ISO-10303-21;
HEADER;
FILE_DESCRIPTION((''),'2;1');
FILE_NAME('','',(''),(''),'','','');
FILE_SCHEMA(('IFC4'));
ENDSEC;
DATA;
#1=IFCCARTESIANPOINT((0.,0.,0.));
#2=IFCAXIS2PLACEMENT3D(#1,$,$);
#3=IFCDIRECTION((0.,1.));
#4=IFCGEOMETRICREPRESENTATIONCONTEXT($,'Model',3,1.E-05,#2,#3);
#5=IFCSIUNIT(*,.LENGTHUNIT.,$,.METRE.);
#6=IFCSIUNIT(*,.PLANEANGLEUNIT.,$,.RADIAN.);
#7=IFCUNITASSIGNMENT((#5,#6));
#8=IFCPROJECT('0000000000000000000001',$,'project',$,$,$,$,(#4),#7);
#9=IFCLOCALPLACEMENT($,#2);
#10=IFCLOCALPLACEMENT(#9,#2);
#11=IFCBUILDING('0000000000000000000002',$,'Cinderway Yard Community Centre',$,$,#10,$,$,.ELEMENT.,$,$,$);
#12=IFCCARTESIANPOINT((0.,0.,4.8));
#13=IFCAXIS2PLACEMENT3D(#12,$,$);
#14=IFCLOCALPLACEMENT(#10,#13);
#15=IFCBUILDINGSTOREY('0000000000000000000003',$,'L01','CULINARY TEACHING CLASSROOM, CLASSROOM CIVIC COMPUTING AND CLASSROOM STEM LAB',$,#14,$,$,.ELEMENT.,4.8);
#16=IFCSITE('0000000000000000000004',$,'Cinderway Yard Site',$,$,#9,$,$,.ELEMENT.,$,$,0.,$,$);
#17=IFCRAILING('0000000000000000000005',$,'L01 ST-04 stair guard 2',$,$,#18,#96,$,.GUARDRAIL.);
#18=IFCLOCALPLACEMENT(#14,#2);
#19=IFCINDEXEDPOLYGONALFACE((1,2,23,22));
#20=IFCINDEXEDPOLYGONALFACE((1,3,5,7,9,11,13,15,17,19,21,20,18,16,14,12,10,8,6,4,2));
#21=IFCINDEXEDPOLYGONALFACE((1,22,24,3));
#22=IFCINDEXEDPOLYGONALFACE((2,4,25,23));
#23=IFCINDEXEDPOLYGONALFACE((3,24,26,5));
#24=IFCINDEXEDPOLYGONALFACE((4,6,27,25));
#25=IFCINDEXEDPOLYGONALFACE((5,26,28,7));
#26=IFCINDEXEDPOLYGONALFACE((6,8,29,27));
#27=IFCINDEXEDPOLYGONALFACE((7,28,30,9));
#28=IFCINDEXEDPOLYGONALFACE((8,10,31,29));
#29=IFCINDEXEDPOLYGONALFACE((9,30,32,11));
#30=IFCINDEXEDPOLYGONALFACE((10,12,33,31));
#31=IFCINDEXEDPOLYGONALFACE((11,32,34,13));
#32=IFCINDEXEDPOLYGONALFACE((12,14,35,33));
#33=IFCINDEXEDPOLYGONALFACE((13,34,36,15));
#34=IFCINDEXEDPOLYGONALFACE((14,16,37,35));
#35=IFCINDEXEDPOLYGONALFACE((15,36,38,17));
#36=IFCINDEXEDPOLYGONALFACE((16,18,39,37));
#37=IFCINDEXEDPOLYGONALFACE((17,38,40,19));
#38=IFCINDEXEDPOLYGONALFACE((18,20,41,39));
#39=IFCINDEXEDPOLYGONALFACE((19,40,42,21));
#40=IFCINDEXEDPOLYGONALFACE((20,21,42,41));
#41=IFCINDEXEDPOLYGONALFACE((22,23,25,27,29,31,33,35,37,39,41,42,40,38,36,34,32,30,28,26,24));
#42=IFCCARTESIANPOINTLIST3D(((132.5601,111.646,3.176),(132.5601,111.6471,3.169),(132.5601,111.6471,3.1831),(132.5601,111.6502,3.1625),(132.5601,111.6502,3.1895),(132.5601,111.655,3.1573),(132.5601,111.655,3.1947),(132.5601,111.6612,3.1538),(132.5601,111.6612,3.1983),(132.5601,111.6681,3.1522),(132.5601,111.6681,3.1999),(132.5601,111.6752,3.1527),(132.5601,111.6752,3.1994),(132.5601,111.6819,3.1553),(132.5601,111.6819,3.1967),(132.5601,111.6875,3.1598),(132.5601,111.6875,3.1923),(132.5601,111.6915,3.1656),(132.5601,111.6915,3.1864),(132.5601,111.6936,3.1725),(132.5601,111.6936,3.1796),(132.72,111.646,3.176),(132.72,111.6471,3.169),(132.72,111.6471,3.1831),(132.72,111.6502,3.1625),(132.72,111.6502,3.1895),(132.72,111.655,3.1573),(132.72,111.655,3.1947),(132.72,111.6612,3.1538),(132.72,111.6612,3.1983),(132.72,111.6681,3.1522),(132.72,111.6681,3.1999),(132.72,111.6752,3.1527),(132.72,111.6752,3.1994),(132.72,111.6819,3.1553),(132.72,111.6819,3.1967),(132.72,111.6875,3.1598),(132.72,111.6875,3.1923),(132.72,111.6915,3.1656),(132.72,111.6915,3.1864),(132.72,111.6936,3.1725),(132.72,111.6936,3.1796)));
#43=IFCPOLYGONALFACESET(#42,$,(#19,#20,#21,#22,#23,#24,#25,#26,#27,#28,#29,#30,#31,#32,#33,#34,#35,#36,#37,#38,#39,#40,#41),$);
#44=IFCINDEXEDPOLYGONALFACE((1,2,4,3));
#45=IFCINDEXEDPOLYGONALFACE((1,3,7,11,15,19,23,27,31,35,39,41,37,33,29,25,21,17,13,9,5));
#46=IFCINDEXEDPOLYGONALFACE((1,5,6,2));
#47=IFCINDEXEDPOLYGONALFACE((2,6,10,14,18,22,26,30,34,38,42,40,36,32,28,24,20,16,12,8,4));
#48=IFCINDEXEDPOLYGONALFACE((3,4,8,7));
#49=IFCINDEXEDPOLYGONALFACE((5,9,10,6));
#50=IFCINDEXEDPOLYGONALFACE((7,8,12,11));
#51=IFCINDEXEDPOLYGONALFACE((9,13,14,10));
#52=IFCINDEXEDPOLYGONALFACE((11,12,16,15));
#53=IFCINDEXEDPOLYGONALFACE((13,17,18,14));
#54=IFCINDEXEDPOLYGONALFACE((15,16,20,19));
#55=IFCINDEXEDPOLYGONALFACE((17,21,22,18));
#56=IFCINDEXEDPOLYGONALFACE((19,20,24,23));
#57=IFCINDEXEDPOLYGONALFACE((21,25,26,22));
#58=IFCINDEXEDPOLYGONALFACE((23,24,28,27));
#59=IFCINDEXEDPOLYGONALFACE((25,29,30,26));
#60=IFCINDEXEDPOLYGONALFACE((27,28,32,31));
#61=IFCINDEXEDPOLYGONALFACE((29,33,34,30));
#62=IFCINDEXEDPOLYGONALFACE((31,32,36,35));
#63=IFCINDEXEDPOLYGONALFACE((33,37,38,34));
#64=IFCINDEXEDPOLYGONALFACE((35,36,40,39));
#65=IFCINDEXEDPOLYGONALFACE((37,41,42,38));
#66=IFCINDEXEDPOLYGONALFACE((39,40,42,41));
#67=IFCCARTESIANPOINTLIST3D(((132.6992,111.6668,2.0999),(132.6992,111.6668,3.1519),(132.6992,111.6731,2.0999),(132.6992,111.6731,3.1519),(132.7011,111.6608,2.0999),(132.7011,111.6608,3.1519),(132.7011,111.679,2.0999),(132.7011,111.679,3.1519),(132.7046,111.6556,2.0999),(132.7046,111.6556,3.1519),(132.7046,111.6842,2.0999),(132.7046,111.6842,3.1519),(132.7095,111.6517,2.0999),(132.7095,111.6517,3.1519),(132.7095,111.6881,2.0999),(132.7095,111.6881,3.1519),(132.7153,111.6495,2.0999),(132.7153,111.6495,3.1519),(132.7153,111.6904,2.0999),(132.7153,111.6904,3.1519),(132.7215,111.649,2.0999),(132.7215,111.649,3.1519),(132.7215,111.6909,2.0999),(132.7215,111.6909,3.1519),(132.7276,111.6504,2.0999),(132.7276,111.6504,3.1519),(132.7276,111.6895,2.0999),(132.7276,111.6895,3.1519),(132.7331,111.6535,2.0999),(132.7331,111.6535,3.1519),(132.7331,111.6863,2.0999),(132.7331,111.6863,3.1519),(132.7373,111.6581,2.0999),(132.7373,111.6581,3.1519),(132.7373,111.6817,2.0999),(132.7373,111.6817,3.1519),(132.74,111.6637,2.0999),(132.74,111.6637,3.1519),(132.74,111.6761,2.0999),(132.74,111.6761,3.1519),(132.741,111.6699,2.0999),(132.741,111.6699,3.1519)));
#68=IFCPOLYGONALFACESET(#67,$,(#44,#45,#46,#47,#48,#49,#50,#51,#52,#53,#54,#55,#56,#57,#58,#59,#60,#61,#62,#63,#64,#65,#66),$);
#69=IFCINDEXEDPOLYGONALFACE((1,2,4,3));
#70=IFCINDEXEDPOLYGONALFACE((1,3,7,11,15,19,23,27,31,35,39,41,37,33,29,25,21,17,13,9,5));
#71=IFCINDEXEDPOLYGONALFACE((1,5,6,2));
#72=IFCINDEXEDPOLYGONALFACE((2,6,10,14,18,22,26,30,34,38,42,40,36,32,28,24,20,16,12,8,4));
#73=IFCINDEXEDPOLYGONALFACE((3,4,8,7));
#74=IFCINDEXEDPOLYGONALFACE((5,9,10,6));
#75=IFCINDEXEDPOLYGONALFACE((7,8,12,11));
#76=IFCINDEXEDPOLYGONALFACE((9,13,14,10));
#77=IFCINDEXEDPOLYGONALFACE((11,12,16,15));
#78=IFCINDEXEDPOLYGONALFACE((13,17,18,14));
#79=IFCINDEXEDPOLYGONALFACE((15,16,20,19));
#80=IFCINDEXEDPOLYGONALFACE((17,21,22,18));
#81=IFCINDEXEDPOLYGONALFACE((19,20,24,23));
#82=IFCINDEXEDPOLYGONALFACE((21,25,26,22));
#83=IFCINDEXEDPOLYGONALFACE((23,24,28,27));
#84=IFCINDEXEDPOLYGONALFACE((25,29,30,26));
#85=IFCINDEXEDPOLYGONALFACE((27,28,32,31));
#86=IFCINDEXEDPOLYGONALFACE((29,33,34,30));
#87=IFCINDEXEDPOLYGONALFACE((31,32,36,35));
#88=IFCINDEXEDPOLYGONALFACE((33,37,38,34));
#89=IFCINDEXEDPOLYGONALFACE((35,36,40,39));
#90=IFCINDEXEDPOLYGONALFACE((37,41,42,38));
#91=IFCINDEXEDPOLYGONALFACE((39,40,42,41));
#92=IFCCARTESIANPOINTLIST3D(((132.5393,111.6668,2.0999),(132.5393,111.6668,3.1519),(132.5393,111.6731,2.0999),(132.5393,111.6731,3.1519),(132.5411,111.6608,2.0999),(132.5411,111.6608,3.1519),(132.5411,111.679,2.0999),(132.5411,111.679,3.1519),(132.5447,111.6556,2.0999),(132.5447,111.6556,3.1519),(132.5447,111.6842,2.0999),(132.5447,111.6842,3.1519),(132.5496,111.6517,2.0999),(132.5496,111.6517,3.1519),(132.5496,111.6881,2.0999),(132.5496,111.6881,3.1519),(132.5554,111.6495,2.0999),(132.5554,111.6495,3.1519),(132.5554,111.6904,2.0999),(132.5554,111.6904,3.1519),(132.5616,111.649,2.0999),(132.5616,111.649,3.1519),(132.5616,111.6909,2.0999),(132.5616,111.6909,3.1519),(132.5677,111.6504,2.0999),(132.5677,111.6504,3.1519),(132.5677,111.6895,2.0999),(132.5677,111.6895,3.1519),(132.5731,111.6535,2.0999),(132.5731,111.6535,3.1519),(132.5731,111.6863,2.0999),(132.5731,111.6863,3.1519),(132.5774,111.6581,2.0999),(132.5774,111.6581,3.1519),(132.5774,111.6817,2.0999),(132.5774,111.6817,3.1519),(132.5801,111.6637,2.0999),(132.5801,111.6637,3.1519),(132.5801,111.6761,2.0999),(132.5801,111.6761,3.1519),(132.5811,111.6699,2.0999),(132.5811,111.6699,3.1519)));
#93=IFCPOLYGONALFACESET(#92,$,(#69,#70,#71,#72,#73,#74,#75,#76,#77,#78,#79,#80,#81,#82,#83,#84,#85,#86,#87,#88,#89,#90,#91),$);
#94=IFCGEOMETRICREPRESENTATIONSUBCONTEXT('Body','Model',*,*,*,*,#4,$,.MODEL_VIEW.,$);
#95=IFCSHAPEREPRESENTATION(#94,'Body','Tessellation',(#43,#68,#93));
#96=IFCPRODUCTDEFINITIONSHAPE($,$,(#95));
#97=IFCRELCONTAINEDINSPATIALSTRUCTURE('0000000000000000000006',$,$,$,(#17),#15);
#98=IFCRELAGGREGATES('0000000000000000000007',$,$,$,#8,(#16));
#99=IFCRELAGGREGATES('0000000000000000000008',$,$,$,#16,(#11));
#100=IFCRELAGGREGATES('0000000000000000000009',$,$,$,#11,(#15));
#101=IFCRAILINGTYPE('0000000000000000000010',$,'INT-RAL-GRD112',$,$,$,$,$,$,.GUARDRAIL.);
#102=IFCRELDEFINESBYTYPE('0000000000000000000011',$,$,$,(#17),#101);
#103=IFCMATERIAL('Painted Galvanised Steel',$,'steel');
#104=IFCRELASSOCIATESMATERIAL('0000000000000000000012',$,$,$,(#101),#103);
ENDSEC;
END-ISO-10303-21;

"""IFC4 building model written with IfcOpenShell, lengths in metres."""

from ifc_helpers import new_model, si_unit, direction, frame, origin, origin_2d, place, context, subcontext, project, spatial, circle, extrude, material, type_object, element, save


model = new_model("IFC4")

# Units and contexts
model_context = context("Model", 3, precision=1e-05, world=origin(), true_north=direction((0.0, 1.0)))
body_context = subcontext(model_context, "Body", "Model", "MODEL_VIEW")
ifc_project = project(units=[si_unit("LENGTHUNIT", "METRE"), si_unit("PLANEANGLEUNIT", "RADIAN")], contexts=[model_context])

# Site, building, storey
site_placement = place(None, origin())
site = spatial("IfcSite", under=ifc_project, at=site_placement, Name="Cinderway Yard Site", CompositionType="ELEMENT", RefElevation=0.0)
building_placement = place(site_placement, origin())
building = spatial("IfcBuilding", under=site, at=building_placement, Name="Cinderway Yard Community Centre", CompositionType="ELEMENT")
storey_placement = place(building_placement, frame((0.0, 0.0, 4.8)))
storey = spatial("IfcBuildingStorey", under=building, at=storey_placement, Name="L01", Description="CULINARY TEACHING CLASSROOM, CLASSROOM CIVIC COMPUTING AND CLASSROOM STEM LAB", CompositionType="ELEMENT", Elevation=4.8)

# Railing
ifc_material_1 = material(Name="Painted Galvanised Steel", Category="steel")
railing_type_1 = type_object("IfcRailingType", Name="INT-RAL-GRD112", PredefinedType="GUARDRAIL", material=ifc_material_1)
railing_1_placement = place(storey_placement, frame((132.72, 111.6699, 2.0999)))
element("IfcRailing", 1, at=railing_1_placement, inside=storey, type_object=railing_type_1, Name="L01 ST-04 stair guard 2", PredefinedType="GUARDRAIL", context=body_context, shape_type="SweptSolid", body=[
    extrude(circle(Radius=0.0239, at=origin_2d()), frame((0.0, 0.0, 1.0762), z_axis=(-1.0, 0.0, 0.0), x_axis=(0.0, -1.0, 0.0)), (0.0, 0.0, 1.0), 0.1599),
    extrude(circle(Radius=0.021, at=origin_2d()), origin(), (0.0, 0.0, 1.0), 1.052),
    extrude(circle(Radius=0.021, at=origin_2d()), frame((-0.1599, 0.0, 0.0)), (0.0, 0.0, 1.0), 1.052),
])

save(model, "model.ifc")
